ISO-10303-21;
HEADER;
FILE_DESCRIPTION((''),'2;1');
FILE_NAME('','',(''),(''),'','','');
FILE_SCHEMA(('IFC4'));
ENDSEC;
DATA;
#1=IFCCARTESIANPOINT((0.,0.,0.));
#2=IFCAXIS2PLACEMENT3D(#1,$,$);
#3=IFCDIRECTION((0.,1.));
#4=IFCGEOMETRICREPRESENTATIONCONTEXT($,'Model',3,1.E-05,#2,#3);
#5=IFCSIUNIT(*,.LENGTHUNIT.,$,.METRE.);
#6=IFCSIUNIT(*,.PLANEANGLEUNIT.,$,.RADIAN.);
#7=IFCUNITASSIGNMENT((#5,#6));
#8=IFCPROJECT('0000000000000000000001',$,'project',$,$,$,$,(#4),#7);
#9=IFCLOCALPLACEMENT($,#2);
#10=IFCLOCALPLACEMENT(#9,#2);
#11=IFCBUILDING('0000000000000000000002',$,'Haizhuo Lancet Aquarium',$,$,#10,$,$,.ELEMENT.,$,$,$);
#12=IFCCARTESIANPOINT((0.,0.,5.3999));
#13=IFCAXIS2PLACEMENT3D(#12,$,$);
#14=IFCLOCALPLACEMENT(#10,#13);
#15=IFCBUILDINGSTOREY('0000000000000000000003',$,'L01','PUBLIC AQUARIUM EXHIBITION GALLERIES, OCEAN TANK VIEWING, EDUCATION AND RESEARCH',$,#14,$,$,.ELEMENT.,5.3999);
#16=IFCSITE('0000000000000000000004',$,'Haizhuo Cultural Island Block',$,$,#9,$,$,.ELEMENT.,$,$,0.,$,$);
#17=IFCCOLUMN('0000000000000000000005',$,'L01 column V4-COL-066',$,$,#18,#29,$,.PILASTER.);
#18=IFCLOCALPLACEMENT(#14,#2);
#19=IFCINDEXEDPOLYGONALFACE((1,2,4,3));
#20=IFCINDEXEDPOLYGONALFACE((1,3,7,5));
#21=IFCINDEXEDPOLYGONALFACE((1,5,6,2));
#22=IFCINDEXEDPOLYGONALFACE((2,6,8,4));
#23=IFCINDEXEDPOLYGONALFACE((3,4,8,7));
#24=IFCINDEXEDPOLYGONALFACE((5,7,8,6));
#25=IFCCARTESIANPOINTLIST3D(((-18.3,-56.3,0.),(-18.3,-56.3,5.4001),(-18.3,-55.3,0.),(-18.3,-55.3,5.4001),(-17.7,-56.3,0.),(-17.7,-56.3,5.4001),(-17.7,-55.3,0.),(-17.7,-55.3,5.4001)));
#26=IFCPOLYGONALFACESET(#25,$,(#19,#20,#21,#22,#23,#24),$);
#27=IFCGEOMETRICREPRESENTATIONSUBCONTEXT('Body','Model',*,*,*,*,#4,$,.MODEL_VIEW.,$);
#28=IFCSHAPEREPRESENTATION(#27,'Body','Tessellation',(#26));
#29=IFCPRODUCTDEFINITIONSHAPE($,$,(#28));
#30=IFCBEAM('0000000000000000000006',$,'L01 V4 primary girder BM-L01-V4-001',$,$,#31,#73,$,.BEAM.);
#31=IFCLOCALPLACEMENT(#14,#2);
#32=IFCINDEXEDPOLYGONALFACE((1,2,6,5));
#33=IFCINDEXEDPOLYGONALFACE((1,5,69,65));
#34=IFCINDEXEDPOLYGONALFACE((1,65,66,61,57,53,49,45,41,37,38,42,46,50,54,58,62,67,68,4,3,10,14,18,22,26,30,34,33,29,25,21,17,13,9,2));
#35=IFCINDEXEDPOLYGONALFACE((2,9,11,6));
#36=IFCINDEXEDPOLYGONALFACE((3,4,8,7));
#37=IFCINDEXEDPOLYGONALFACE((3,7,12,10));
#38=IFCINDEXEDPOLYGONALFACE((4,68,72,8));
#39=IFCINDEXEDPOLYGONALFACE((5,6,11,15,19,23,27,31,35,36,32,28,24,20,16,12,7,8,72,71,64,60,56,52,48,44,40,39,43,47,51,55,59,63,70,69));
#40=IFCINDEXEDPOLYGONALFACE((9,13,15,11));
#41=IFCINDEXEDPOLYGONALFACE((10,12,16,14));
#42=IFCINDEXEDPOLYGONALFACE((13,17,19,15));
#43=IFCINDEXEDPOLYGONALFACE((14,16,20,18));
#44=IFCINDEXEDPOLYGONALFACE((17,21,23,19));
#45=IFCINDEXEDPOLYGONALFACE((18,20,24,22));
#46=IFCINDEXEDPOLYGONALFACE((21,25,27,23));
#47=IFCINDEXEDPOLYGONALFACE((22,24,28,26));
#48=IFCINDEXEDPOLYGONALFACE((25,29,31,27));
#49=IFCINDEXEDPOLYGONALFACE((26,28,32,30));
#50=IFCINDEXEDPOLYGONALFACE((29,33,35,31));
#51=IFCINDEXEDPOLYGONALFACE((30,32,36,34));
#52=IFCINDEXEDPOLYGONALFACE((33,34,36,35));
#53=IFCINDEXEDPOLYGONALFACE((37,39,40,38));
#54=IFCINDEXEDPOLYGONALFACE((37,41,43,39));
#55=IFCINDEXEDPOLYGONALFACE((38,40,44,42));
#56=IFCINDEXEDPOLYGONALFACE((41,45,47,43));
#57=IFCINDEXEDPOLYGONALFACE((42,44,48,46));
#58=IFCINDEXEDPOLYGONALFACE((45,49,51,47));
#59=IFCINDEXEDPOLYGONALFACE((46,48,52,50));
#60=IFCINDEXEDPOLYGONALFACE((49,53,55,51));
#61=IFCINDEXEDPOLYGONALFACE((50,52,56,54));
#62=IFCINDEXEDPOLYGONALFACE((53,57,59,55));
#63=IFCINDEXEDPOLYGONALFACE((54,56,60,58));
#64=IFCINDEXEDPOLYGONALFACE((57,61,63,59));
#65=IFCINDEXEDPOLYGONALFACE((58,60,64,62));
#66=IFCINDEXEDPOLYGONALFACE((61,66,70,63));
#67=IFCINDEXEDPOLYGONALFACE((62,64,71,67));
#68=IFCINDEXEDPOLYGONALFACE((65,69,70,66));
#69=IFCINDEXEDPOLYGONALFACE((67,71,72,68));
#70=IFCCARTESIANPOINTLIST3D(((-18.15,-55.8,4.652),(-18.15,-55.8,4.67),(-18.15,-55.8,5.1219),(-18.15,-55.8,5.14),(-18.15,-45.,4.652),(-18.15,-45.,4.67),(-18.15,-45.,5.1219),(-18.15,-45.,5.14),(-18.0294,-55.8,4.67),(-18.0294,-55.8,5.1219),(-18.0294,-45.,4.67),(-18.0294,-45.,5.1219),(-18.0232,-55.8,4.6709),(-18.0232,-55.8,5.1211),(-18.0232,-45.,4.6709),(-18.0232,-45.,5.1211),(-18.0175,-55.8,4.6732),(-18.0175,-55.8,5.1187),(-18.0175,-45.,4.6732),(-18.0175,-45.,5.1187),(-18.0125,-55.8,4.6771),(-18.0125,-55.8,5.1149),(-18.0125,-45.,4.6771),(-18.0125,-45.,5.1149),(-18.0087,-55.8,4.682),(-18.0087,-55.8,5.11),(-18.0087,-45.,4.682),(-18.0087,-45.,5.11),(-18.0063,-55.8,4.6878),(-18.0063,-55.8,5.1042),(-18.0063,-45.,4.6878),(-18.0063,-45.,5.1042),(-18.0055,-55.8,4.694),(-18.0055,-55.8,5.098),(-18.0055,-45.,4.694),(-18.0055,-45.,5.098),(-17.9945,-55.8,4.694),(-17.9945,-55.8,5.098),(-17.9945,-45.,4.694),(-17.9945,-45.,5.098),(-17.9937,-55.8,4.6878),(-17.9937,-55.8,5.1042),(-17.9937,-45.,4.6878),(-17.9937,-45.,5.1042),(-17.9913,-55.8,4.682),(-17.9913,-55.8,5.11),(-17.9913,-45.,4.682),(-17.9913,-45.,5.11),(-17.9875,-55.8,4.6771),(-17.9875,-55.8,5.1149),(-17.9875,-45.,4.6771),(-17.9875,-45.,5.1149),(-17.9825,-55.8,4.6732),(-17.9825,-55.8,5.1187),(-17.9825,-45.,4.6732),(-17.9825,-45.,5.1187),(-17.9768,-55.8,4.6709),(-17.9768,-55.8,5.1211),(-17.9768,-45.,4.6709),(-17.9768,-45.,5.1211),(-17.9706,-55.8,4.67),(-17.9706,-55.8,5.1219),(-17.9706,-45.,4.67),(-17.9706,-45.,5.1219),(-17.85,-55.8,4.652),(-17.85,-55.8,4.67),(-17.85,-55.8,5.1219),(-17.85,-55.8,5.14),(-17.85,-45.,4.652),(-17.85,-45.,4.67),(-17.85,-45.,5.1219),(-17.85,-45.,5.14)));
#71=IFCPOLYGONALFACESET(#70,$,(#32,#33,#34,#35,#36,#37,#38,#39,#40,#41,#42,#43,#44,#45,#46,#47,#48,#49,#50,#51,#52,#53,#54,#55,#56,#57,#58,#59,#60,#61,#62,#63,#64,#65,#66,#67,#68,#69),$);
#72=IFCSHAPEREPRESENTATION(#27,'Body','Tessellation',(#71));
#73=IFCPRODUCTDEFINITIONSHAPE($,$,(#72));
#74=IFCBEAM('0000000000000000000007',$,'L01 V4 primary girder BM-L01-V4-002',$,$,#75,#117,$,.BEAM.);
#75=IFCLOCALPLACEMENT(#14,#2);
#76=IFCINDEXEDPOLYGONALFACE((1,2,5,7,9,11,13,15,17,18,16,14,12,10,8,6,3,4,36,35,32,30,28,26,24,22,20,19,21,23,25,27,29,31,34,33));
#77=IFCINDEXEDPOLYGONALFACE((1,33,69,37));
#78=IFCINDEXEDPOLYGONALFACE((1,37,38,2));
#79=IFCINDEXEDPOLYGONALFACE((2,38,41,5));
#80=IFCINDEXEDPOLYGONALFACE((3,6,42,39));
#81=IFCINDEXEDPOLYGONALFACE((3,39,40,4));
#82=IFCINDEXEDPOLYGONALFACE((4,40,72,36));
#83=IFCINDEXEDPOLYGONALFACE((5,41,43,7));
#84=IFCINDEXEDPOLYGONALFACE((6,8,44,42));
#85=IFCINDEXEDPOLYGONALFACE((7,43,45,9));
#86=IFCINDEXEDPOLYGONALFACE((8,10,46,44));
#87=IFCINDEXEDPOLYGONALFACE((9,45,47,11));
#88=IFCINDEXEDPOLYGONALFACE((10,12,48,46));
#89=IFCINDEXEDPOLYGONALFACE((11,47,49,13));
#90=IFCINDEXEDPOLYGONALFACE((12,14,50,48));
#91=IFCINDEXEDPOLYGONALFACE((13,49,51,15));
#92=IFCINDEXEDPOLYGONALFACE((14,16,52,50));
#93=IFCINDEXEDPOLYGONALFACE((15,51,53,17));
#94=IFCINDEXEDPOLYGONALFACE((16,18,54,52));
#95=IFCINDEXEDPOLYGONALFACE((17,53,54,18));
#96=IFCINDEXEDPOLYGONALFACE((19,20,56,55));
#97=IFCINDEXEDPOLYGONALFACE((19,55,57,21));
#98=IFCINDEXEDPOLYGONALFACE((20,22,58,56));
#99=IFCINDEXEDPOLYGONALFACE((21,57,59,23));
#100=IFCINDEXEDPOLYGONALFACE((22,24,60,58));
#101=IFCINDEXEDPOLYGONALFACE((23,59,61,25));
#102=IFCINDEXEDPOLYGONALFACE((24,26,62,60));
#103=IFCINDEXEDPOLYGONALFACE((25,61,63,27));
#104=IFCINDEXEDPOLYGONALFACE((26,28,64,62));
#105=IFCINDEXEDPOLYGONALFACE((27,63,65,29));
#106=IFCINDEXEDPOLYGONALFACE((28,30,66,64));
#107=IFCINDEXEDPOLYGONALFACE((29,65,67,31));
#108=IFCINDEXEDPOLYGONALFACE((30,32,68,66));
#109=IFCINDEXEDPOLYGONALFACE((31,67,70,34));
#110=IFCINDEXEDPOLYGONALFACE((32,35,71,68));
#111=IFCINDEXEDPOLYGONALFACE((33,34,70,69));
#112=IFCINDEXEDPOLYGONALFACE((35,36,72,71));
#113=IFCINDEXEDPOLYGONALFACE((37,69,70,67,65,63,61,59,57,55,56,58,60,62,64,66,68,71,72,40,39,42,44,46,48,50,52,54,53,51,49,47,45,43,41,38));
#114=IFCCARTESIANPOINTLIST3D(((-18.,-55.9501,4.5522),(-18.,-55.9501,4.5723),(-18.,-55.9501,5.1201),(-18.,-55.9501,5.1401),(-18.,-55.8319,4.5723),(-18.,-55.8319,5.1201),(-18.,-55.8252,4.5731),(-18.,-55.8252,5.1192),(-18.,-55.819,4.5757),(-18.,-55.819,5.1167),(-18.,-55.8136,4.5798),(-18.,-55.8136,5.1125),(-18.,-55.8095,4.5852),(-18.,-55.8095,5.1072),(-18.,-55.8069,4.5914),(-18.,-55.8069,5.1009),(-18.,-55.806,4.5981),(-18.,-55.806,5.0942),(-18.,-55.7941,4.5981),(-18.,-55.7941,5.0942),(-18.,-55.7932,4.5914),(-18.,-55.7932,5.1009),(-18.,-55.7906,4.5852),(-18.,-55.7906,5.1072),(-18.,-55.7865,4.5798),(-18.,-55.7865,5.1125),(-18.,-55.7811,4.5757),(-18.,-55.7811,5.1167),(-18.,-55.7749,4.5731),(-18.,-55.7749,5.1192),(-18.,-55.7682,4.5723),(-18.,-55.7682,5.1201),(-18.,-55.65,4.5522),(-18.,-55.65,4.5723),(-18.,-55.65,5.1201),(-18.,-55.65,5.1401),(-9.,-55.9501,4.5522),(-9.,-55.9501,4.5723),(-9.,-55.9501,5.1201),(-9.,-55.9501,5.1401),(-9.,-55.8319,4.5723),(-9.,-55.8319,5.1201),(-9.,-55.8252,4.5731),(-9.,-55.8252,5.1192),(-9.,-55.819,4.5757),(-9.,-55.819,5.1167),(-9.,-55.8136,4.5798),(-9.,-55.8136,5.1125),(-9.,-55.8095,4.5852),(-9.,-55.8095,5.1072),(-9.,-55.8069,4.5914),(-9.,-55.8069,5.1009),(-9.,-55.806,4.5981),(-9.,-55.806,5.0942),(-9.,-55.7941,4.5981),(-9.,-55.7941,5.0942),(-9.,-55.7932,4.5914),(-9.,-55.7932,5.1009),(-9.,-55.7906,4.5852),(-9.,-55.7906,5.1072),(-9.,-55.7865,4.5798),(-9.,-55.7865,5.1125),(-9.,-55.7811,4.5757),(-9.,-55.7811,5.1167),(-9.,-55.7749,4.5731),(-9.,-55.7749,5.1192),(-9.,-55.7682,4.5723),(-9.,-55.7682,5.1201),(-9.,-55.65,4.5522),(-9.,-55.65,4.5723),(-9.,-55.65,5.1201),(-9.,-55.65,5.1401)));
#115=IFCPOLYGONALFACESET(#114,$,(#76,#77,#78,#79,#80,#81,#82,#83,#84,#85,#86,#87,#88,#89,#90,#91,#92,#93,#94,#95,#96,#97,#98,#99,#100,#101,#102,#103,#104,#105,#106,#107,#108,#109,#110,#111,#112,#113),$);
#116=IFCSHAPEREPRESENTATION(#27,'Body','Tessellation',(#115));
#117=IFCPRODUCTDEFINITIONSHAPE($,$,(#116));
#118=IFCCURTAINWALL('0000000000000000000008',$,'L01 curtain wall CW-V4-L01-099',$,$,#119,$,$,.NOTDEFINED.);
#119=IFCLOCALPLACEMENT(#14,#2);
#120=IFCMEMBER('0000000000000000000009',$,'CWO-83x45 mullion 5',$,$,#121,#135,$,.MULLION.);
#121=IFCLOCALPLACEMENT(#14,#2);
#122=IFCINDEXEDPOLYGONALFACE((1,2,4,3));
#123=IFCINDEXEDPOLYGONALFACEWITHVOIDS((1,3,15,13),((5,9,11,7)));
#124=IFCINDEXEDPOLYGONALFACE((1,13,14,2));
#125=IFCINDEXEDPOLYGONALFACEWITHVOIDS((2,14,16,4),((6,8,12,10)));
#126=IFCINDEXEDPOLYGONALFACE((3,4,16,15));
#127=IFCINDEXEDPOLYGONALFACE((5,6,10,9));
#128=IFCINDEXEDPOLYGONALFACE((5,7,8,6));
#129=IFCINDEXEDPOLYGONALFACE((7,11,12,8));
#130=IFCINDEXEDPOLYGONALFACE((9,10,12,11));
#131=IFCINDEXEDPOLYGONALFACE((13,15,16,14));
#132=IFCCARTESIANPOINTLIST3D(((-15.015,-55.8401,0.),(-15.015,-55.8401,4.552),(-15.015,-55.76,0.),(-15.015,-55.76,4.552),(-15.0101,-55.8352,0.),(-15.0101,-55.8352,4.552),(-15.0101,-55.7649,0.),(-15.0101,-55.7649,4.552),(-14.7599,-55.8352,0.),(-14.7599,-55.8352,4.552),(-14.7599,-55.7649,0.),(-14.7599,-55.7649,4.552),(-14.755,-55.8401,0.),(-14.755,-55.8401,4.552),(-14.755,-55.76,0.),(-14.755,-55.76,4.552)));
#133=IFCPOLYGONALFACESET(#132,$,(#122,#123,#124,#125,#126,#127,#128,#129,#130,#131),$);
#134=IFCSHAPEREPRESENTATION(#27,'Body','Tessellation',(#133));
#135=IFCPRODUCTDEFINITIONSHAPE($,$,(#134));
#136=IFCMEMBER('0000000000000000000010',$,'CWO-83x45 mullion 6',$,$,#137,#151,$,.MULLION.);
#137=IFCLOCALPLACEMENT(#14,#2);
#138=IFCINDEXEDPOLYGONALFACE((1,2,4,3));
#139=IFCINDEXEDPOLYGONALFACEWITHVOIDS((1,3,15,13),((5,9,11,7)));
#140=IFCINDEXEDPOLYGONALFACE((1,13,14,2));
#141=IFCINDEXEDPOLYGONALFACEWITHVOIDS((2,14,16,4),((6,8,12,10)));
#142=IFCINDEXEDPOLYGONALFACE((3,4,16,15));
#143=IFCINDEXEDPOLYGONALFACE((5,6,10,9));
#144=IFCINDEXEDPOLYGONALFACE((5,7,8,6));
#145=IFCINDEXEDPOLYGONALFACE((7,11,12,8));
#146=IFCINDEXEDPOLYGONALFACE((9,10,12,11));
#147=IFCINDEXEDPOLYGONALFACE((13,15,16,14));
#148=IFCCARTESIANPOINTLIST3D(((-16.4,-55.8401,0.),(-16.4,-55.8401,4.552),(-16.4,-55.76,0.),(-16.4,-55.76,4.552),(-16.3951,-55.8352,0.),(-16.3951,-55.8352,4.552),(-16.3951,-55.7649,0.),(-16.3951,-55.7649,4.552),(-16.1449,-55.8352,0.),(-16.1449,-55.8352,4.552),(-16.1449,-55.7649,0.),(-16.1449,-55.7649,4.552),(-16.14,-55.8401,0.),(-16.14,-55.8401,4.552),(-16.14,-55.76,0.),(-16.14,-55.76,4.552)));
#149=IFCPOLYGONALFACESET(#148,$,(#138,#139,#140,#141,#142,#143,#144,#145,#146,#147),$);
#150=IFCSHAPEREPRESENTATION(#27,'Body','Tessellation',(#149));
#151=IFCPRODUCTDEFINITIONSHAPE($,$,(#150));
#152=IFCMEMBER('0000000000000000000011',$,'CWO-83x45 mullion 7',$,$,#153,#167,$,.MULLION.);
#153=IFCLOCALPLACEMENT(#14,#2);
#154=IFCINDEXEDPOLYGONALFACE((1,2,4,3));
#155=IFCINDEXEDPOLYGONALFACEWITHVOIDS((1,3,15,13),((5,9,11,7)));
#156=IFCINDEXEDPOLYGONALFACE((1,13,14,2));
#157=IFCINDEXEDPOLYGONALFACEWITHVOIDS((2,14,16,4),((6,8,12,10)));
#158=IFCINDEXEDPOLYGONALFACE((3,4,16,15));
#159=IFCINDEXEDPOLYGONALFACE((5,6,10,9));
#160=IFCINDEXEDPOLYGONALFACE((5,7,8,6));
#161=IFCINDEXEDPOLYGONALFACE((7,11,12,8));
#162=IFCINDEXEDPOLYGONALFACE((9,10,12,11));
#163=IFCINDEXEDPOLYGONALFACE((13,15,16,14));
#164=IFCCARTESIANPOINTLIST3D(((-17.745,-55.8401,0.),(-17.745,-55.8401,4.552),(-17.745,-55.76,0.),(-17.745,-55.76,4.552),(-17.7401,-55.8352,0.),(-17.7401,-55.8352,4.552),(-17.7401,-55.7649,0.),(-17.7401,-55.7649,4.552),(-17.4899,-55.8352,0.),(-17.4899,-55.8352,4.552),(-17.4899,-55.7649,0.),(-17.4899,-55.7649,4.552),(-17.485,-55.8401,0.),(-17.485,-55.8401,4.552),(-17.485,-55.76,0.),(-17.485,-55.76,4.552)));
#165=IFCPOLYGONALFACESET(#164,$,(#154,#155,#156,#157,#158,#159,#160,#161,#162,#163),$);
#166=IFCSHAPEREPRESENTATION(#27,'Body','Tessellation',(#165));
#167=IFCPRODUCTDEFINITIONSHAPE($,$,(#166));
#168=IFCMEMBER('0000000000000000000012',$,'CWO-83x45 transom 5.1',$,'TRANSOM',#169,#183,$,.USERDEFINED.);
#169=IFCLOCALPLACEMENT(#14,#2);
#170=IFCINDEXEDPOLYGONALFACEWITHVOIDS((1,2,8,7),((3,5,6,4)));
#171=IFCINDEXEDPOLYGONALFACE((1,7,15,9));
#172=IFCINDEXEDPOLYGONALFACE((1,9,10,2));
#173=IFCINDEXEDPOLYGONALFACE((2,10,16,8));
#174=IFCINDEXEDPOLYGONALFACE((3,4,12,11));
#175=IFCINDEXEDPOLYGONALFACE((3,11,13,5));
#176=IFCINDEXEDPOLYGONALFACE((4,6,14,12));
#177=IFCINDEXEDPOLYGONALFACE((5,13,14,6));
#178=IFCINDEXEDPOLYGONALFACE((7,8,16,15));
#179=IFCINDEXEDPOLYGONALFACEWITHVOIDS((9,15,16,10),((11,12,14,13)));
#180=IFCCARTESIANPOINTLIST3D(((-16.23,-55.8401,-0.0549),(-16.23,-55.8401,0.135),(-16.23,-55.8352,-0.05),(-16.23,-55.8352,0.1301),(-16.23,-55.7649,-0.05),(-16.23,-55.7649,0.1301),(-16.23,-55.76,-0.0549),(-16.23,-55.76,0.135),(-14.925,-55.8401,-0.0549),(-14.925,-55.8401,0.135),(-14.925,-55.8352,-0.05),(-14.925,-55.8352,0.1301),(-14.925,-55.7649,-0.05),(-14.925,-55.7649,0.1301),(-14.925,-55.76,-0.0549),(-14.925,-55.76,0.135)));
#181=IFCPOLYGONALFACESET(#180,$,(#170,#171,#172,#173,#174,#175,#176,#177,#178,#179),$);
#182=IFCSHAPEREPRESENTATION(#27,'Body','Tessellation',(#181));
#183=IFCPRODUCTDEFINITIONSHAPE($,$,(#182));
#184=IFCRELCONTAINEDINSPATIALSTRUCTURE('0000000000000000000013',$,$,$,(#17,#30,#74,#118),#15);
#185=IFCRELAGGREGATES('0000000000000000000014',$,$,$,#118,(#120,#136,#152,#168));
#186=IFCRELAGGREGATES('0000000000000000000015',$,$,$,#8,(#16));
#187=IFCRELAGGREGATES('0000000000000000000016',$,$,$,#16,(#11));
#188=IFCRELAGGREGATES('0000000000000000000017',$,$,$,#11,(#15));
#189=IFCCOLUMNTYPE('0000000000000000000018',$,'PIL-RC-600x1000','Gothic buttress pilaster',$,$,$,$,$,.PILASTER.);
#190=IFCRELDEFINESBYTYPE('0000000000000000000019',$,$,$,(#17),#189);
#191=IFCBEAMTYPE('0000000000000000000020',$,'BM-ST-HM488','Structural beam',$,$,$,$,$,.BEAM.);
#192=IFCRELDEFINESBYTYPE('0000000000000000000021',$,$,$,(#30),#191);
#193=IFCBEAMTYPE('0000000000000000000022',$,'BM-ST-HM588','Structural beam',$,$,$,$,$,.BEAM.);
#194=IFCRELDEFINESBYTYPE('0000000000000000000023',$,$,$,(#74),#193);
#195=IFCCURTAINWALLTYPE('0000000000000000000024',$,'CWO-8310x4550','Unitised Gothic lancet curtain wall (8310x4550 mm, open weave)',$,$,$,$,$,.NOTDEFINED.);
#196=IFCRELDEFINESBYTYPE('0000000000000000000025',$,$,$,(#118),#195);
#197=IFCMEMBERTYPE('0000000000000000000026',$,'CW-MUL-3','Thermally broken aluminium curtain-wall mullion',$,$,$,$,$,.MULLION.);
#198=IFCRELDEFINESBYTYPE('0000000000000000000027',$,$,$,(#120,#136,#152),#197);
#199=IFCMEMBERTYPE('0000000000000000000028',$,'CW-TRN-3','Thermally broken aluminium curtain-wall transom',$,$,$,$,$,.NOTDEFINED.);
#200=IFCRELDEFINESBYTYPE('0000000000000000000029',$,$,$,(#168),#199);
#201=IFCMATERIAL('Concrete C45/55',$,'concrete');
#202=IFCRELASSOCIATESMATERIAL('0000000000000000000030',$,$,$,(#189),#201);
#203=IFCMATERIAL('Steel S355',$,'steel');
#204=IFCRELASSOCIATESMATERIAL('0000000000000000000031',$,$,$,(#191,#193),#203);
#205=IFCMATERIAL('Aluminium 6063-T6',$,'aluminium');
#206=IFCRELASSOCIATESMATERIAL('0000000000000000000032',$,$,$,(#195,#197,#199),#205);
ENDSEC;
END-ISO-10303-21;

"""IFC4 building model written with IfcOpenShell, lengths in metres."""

from ifc_helpers import new_model, si_unit, direction, frame, origin, origin_2d, place, context, subcontext, project, spatial, rectangle, hollow_rectangle, i_section, extrude, material, material_profile, profile_set, type_object, element, aggregate, save


model = new_model("IFC4")

# Units and contexts
model_context = context("Model", 3, precision=1e-05, world=origin(), true_north=direction((0.0, 1.0)))
body_context = subcontext(model_context, "Body", "Model", "MODEL_VIEW")
ifc_project = project(units=[si_unit("LENGTHUNIT", "METRE"), si_unit("PLANEANGLEUNIT", "RADIAN")], contexts=[model_context])

# Site, building, storey
site_placement = place(None, origin())
site = spatial("IfcSite", under=ifc_project, at=site_placement, Name="Haizhuo Cultural Island Block", CompositionType="ELEMENT", RefElevation=0.0)
building_placement = place(site_placement, origin())
building = spatial("IfcBuilding", under=site, at=building_placement, Name="Haizhuo Lancet Aquarium", CompositionType="ELEMENT")
storey_placement = place(building_placement, frame((0.0, 0.0, 5.3999)))
storey = spatial("IfcBuildingStorey", under=building, at=storey_placement, Name="L01", Description="PUBLIC AQUARIUM EXHIBITION GALLERIES, OCEAN TANK VIEWING, EDUCATION AND RESEARCH", CompositionType="ELEMENT", Elevation=5.3999)

# Column
ifc_material_1 = material(Name="Concrete C45/55", Category="concrete")
ifc_material_profile_1 = material_profile(ifc_material_1, rectangle(XDim=0.6001, YDim=1.0, at=origin_2d()), Name="RC-PIL 600x1000")
ifc_profile_set_1 = profile_set([ifc_material_profile_1], Name="Concrete C45/55")
column_type = type_object("IfcColumnType", Name="PIL-RC-600x1000", Description="Gothic buttress pilaster", PredefinedType="PILASTER", material=ifc_profile_set_1)
column_placement = place(storey_placement, frame((-18.0, -55.8, 0.0), z_axis=(0.0, 0.0, 1.0), x_axis=(1.0, 0.0, 0.0)))
element("IfcColumn", 1, at=column_placement, inside=storey, type_object=column_type, Name="L01 column V4-COL-066", PredefinedType="PILASTER", context=body_context, shape_type="SweptSolid", body=[
    extrude(rectangle(XDim=0.6001, YDim=1.0, at=origin_2d()), origin(), (0.0, 0.0, 1.0), 5.4001),
])

# Beams
ifc_material_2 = material(Name="Steel S355", Category="steel")
ifc_material_profile_2 = material_profile(ifc_material_2, i_section(OverallWidth=0.3, OverallDepth=0.488, WebThickness=0.011, FlangeThickness=0.0181, FilletRadius=0.0239, at=origin_2d()), Name="HM 488x300x11x18")
ifc_profile_set_2 = profile_set([ifc_material_profile_2], Name="Steel S355")
beam_type_1 = type_object("IfcBeamType", Name="BM-ST-HM488", Description="Structural beam", PredefinedType="BEAM", material=ifc_profile_set_2)
beam_1_placement = place(storey_placement, frame((-18.0, -55.8, 4.896), z_axis=(0.0, 1.0, 0.0), x_axis=(-1.0, 0.0, 0.0)))
element("IfcBeam", 2, at=beam_1_placement, inside=storey, type_object=beam_type_1, Name="L01 V4 primary girder BM-L01-V4-001", PredefinedType="BEAM", context=body_context, shape_type="SweptSolid", body=[
    extrude(i_section(OverallWidth=0.3, OverallDepth=0.488, WebThickness=0.011, FlangeThickness=0.0181, FilletRadius=0.0239, at=origin_2d()), origin(), (0.0, 0.0, 1.0), 10.8),
])
ifc_material_profile_3 = material_profile(ifc_material_2, i_section(OverallWidth=0.3, OverallDepth=0.5879, WebThickness=0.012, FlangeThickness=0.02, FilletRadius=0.0259, at=origin_2d()), Name="HM 588x300x12x20")
ifc_profile_set_3 = profile_set([ifc_material_profile_3], Name="Steel S355")
beam_type_2 = type_object("IfcBeamType", Name="BM-ST-HM588", Description="Structural beam", PredefinedType="BEAM", material=ifc_profile_set_3)
beam_2_placement = place(storey_placement, frame((-18.0, -55.8, 4.8462), z_axis=(1.0, 0.0, 0.0), x_axis=(0.0, 1.0, 0.0)))
element("IfcBeam", 3, at=beam_2_placement, inside=storey, type_object=beam_type_2, Name="L01 V4 primary girder BM-L01-V4-002", PredefinedType="BEAM", context=body_context, shape_type="SweptSolid", body=[
    extrude(i_section(OverallWidth=0.3, OverallDepth=0.5879, WebThickness=0.012, FlangeThickness=0.02, FilletRadius=0.0259, at=origin_2d()), origin(), (0.0, 0.0, 1.0), 9.0),
])

# Curtain wall, members
ifc_material_3 = material(Name="Aluminium 6063-T6", Category="aluminium")
curtain_wall_type = type_object("IfcCurtainWallType", Name="CWO-8310x4550", Description="Unitised Gothic lancet curtain wall (8310x4550 mm, open weave)", PredefinedType="NOTDEFINED", material=ifc_material_3)
curtain_wall_placement = place(storey_placement, origin())
curtain_wall = element("IfcCurtainWall", 4, at=curtain_wall_placement, inside=storey, type_object=curtain_wall_type, Name="L01 curtain wall CW-V4-L01-099", PredefinedType="NOTDEFINED")
ifc_material_profile_4 = material_profile(ifc_material_3, hollow_rectangle(XDim=0.0801, YDim=0.26, WallThickness=0.0049, at=origin_2d()), Name="ALU-M 80x260x5")
ifc_profile_set_4 = profile_set([ifc_material_profile_4], Name="Aluminium 6063-T6")
member_type_1 = type_object("IfcMemberType", Name="CW-MUL-3", Description="Thermally broken aluminium curtain-wall mullion", PredefinedType="MULLION", material=ifc_profile_set_4)
member_1_placement = place(storey_placement, frame((-14.885, -55.8, 0.0), z_axis=(0.0, 0.0, 1.0), x_axis=(0.0, -1.0, 0.0)))
member_1 = element("IfcMember", 5, at=member_1_placement, type_object=member_type_1, Name="CWO-83x45 mullion 5", PredefinedType="MULLION", context=body_context, shape_type="SweptSolid", body=[
    extrude(hollow_rectangle(XDim=0.0801, YDim=0.26, WallThickness=0.0049, at=origin_2d()), origin(), (0.0, 0.0, 1.0), 4.552),
])
member_2_placement = place(storey_placement, frame((-16.27, -55.8, 0.0), z_axis=(0.0, 0.0, 1.0), x_axis=(0.0, -1.0, 0.0)))
member_2 = element("IfcMember", 6, at=member_2_placement, type_object=member_type_1, Name="CWO-83x45 mullion 6", PredefinedType="MULLION", context=body_context, shape_type="SweptSolid", body=[
    extrude(hollow_rectangle(XDim=0.0801, YDim=0.26, WallThickness=0.0049, at=origin_2d()), origin(), (0.0, 0.0, 1.0), 4.552),
])
member_3_placement = place(storey_placement, frame((-17.615, -55.8, 0.0), z_axis=(0.0, 0.0, 1.0), x_axis=(0.0, -1.0, 0.0)))
member_3 = element("IfcMember", 7, at=member_3_placement, type_object=member_type_1, Name="CWO-83x45 mullion 7", PredefinedType="MULLION", context=body_context, shape_type="SweptSolid", body=[
    extrude(hollow_rectangle(XDim=0.0801, YDim=0.26, WallThickness=0.0049, at=origin_2d()), origin(), (0.0, 0.0, 1.0), 4.552),
])
ifc_material_profile_5 = material_profile(ifc_material_3, hollow_rectangle(XDim=0.0801, YDim=0.1899, WallThickness=0.0049, at=origin_2d()), Name="ALU-T 80x190x5")
ifc_profile_set_5 = profile_set([ifc_material_profile_5], Name="Aluminium 6063-T6")
member_type_2 = type_object("IfcMemberType", Name="CW-TRN-3", Description="Thermally broken aluminium curtain-wall transom", PredefinedType="NOTDEFINED", material=ifc_profile_set_5)
member_4_placement = place(storey_placement, frame((-14.925, -55.8, 0.04), z_axis=(-1.0, 0.0, 0.0), x_axis=(0.0, -1.0, 0.0)))
member_4 = element("IfcMember", 8, at=member_4_placement, type_object=member_type_2, Name="CWO-83x45 transom 5.1", ObjectType="TRANSOM", PredefinedType="USERDEFINED", context=body_context, shape_type="SweptSolid", body=[
    extrude(hollow_rectangle(XDim=0.0801, YDim=0.1899, WallThickness=0.0049, at=origin_2d()), origin(), (0.0, 0.0, 1.0), 1.3049),
])

aggregate(curtain_wall, [member_1, member_2, member_3, member_4])

save(model, "model.ifc")
